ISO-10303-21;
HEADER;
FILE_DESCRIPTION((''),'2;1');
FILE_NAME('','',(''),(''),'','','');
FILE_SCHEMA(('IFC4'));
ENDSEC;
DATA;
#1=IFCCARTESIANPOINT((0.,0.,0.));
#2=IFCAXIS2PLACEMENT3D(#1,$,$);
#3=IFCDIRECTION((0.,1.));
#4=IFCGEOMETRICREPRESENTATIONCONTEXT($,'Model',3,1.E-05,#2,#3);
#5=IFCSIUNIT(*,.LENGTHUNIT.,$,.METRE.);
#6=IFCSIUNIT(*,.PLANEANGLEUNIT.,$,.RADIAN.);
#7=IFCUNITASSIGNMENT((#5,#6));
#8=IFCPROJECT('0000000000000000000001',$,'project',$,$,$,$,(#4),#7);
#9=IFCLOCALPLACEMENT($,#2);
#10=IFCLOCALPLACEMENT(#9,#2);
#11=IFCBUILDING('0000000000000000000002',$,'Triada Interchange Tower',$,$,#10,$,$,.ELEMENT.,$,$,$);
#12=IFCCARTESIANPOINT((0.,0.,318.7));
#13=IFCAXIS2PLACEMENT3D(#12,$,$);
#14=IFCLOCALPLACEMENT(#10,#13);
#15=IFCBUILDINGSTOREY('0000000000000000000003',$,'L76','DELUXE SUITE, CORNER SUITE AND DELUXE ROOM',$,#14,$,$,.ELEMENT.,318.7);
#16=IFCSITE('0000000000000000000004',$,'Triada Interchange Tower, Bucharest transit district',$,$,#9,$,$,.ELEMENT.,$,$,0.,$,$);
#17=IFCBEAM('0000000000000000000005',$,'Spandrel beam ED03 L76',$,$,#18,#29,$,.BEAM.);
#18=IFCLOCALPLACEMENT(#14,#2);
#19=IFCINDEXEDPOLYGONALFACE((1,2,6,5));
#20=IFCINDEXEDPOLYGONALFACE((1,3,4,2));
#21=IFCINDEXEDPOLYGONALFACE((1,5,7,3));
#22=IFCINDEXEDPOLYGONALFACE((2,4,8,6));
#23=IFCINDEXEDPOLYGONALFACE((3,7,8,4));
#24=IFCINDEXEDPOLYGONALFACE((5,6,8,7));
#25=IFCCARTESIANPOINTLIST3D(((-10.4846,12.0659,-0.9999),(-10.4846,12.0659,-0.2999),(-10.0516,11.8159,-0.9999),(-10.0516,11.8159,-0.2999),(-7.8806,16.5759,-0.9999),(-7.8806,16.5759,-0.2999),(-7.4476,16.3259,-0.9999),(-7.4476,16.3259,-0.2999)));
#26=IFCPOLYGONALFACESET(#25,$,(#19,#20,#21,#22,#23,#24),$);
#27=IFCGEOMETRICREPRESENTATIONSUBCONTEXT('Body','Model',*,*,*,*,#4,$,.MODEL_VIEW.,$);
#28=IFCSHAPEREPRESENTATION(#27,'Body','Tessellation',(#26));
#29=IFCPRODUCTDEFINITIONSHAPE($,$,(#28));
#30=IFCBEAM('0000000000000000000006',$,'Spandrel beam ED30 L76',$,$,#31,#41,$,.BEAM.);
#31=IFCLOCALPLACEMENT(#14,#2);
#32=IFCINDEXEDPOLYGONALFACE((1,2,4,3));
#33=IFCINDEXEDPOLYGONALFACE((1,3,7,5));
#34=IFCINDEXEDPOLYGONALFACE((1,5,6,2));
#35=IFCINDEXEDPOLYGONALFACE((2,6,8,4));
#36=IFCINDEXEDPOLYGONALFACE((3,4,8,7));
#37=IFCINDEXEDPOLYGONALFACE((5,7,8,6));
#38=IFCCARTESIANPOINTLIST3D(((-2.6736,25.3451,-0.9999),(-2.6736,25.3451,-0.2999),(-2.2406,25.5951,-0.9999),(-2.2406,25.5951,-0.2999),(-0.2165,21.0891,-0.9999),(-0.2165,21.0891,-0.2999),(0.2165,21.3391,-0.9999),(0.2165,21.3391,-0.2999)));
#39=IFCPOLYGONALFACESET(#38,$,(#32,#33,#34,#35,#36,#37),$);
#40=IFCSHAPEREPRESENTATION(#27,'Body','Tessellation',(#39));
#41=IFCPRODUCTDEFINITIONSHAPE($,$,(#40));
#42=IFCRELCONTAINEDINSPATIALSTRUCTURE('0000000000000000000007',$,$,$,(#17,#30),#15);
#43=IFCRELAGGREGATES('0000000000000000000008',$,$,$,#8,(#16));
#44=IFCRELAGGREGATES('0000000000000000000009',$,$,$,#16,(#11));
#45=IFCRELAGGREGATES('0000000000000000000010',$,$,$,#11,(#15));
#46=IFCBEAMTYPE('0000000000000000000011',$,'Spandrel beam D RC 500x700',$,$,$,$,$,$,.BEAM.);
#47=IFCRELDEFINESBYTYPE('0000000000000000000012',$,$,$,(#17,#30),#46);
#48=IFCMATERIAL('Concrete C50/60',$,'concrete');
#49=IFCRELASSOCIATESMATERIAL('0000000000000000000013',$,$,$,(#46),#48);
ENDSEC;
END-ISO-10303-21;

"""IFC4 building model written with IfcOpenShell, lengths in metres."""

from ifc_helpers import new_model, si_unit, direction, frame, origin, origin_2d, place, context, subcontext, project, spatial, rectangle, extrude, material, material_profile, profile_set, type_object, element, save


model = new_model("IFC4")

# Units and contexts
model_context = context("Model", 3, precision=1e-05, world=origin(), true_north=direction((0.0, 1.0)))
body_context = subcontext(model_context, "Body", "Model", "MODEL_VIEW")
ifc_project = project(units=[si_unit("LENGTHUNIT", "METRE"), si_unit("PLANEANGLEUNIT", "RADIAN")], contexts=[model_context])

# Site, building, storey
site_placement = place(None, origin())
site = spatial("IfcSite", under=ifc_project, at=site_placement, Name="Triada Interchange Tower, Bucharest transit district", CompositionType="ELEMENT", RefElevation=0.0)
building_placement = place(site_placement, origin())
building = spatial("IfcBuilding", under=site, at=building_placement, Name="Triada Interchange Tower", CompositionType="ELEMENT")
storey_placement = place(building_placement, frame((0.0, 0.0, 318.7)))
storey = spatial("IfcBuildingStorey", under=building, at=storey_placement, Name="L76", Description="DELUXE SUITE, CORNER SUITE AND DELUXE ROOM", CompositionType="ELEMENT", Elevation=318.7)

# Beams
ifc_material_1 = material(Name="Concrete C50/60", Category="concrete")
ifc_material_profile_1 = material_profile(ifc_material_1, rectangle(XDim=0.5, YDim=0.7, at=origin_2d()), Name="RC 500x700")
ifc_profile_set_1 = profile_set([ifc_material_profile_1], Name="Concrete C50/60")
beam_type_1 = type_object("IfcBeamType", Name="Spandrel beam D RC 500x700", PredefinedType="BEAM", material=ifc_profile_set_1)
beam_1_placement = place(storey_placement, frame((-7.6641, 16.4509, -0.6499), z_axis=(-0.500021, -0.866013, 0.0), x_axis=(0.866013, -0.500021, 0.0)))
element("IfcBeam", 1, at=beam_1_placement, inside=storey, type_object=beam_type_1, Name="Spandrel beam ED03 L76", PredefinedType="BEAM", context=body_context, shape_type="SweptSolid", body=[
    extrude(rectangle(XDim=0.5, YDim=0.7, at=origin_2d()), origin(), (0.0, 0.0, 1.0), 5.2078),
])
beam_2_placement = place(storey_placement, frame((0.0, 21.2141, -0.6499), z_axis=(-0.499986, 0.866033, 0.0), x_axis=(-0.866033, -0.499986, 0.0)))
element("IfcBeam", 2, at=beam_2_placement, inside=storey, type_object=beam_type_1, Name="Spandrel beam ED30 L76", PredefinedType="BEAM", context=body_context, shape_type="SweptSolid", body=[
    extrude(rectangle(XDim=0.5, YDim=0.7, at=origin_2d()), origin(), (0.0, 0.0, 1.0), 4.9143),
])

save(model, "model.ifc")
